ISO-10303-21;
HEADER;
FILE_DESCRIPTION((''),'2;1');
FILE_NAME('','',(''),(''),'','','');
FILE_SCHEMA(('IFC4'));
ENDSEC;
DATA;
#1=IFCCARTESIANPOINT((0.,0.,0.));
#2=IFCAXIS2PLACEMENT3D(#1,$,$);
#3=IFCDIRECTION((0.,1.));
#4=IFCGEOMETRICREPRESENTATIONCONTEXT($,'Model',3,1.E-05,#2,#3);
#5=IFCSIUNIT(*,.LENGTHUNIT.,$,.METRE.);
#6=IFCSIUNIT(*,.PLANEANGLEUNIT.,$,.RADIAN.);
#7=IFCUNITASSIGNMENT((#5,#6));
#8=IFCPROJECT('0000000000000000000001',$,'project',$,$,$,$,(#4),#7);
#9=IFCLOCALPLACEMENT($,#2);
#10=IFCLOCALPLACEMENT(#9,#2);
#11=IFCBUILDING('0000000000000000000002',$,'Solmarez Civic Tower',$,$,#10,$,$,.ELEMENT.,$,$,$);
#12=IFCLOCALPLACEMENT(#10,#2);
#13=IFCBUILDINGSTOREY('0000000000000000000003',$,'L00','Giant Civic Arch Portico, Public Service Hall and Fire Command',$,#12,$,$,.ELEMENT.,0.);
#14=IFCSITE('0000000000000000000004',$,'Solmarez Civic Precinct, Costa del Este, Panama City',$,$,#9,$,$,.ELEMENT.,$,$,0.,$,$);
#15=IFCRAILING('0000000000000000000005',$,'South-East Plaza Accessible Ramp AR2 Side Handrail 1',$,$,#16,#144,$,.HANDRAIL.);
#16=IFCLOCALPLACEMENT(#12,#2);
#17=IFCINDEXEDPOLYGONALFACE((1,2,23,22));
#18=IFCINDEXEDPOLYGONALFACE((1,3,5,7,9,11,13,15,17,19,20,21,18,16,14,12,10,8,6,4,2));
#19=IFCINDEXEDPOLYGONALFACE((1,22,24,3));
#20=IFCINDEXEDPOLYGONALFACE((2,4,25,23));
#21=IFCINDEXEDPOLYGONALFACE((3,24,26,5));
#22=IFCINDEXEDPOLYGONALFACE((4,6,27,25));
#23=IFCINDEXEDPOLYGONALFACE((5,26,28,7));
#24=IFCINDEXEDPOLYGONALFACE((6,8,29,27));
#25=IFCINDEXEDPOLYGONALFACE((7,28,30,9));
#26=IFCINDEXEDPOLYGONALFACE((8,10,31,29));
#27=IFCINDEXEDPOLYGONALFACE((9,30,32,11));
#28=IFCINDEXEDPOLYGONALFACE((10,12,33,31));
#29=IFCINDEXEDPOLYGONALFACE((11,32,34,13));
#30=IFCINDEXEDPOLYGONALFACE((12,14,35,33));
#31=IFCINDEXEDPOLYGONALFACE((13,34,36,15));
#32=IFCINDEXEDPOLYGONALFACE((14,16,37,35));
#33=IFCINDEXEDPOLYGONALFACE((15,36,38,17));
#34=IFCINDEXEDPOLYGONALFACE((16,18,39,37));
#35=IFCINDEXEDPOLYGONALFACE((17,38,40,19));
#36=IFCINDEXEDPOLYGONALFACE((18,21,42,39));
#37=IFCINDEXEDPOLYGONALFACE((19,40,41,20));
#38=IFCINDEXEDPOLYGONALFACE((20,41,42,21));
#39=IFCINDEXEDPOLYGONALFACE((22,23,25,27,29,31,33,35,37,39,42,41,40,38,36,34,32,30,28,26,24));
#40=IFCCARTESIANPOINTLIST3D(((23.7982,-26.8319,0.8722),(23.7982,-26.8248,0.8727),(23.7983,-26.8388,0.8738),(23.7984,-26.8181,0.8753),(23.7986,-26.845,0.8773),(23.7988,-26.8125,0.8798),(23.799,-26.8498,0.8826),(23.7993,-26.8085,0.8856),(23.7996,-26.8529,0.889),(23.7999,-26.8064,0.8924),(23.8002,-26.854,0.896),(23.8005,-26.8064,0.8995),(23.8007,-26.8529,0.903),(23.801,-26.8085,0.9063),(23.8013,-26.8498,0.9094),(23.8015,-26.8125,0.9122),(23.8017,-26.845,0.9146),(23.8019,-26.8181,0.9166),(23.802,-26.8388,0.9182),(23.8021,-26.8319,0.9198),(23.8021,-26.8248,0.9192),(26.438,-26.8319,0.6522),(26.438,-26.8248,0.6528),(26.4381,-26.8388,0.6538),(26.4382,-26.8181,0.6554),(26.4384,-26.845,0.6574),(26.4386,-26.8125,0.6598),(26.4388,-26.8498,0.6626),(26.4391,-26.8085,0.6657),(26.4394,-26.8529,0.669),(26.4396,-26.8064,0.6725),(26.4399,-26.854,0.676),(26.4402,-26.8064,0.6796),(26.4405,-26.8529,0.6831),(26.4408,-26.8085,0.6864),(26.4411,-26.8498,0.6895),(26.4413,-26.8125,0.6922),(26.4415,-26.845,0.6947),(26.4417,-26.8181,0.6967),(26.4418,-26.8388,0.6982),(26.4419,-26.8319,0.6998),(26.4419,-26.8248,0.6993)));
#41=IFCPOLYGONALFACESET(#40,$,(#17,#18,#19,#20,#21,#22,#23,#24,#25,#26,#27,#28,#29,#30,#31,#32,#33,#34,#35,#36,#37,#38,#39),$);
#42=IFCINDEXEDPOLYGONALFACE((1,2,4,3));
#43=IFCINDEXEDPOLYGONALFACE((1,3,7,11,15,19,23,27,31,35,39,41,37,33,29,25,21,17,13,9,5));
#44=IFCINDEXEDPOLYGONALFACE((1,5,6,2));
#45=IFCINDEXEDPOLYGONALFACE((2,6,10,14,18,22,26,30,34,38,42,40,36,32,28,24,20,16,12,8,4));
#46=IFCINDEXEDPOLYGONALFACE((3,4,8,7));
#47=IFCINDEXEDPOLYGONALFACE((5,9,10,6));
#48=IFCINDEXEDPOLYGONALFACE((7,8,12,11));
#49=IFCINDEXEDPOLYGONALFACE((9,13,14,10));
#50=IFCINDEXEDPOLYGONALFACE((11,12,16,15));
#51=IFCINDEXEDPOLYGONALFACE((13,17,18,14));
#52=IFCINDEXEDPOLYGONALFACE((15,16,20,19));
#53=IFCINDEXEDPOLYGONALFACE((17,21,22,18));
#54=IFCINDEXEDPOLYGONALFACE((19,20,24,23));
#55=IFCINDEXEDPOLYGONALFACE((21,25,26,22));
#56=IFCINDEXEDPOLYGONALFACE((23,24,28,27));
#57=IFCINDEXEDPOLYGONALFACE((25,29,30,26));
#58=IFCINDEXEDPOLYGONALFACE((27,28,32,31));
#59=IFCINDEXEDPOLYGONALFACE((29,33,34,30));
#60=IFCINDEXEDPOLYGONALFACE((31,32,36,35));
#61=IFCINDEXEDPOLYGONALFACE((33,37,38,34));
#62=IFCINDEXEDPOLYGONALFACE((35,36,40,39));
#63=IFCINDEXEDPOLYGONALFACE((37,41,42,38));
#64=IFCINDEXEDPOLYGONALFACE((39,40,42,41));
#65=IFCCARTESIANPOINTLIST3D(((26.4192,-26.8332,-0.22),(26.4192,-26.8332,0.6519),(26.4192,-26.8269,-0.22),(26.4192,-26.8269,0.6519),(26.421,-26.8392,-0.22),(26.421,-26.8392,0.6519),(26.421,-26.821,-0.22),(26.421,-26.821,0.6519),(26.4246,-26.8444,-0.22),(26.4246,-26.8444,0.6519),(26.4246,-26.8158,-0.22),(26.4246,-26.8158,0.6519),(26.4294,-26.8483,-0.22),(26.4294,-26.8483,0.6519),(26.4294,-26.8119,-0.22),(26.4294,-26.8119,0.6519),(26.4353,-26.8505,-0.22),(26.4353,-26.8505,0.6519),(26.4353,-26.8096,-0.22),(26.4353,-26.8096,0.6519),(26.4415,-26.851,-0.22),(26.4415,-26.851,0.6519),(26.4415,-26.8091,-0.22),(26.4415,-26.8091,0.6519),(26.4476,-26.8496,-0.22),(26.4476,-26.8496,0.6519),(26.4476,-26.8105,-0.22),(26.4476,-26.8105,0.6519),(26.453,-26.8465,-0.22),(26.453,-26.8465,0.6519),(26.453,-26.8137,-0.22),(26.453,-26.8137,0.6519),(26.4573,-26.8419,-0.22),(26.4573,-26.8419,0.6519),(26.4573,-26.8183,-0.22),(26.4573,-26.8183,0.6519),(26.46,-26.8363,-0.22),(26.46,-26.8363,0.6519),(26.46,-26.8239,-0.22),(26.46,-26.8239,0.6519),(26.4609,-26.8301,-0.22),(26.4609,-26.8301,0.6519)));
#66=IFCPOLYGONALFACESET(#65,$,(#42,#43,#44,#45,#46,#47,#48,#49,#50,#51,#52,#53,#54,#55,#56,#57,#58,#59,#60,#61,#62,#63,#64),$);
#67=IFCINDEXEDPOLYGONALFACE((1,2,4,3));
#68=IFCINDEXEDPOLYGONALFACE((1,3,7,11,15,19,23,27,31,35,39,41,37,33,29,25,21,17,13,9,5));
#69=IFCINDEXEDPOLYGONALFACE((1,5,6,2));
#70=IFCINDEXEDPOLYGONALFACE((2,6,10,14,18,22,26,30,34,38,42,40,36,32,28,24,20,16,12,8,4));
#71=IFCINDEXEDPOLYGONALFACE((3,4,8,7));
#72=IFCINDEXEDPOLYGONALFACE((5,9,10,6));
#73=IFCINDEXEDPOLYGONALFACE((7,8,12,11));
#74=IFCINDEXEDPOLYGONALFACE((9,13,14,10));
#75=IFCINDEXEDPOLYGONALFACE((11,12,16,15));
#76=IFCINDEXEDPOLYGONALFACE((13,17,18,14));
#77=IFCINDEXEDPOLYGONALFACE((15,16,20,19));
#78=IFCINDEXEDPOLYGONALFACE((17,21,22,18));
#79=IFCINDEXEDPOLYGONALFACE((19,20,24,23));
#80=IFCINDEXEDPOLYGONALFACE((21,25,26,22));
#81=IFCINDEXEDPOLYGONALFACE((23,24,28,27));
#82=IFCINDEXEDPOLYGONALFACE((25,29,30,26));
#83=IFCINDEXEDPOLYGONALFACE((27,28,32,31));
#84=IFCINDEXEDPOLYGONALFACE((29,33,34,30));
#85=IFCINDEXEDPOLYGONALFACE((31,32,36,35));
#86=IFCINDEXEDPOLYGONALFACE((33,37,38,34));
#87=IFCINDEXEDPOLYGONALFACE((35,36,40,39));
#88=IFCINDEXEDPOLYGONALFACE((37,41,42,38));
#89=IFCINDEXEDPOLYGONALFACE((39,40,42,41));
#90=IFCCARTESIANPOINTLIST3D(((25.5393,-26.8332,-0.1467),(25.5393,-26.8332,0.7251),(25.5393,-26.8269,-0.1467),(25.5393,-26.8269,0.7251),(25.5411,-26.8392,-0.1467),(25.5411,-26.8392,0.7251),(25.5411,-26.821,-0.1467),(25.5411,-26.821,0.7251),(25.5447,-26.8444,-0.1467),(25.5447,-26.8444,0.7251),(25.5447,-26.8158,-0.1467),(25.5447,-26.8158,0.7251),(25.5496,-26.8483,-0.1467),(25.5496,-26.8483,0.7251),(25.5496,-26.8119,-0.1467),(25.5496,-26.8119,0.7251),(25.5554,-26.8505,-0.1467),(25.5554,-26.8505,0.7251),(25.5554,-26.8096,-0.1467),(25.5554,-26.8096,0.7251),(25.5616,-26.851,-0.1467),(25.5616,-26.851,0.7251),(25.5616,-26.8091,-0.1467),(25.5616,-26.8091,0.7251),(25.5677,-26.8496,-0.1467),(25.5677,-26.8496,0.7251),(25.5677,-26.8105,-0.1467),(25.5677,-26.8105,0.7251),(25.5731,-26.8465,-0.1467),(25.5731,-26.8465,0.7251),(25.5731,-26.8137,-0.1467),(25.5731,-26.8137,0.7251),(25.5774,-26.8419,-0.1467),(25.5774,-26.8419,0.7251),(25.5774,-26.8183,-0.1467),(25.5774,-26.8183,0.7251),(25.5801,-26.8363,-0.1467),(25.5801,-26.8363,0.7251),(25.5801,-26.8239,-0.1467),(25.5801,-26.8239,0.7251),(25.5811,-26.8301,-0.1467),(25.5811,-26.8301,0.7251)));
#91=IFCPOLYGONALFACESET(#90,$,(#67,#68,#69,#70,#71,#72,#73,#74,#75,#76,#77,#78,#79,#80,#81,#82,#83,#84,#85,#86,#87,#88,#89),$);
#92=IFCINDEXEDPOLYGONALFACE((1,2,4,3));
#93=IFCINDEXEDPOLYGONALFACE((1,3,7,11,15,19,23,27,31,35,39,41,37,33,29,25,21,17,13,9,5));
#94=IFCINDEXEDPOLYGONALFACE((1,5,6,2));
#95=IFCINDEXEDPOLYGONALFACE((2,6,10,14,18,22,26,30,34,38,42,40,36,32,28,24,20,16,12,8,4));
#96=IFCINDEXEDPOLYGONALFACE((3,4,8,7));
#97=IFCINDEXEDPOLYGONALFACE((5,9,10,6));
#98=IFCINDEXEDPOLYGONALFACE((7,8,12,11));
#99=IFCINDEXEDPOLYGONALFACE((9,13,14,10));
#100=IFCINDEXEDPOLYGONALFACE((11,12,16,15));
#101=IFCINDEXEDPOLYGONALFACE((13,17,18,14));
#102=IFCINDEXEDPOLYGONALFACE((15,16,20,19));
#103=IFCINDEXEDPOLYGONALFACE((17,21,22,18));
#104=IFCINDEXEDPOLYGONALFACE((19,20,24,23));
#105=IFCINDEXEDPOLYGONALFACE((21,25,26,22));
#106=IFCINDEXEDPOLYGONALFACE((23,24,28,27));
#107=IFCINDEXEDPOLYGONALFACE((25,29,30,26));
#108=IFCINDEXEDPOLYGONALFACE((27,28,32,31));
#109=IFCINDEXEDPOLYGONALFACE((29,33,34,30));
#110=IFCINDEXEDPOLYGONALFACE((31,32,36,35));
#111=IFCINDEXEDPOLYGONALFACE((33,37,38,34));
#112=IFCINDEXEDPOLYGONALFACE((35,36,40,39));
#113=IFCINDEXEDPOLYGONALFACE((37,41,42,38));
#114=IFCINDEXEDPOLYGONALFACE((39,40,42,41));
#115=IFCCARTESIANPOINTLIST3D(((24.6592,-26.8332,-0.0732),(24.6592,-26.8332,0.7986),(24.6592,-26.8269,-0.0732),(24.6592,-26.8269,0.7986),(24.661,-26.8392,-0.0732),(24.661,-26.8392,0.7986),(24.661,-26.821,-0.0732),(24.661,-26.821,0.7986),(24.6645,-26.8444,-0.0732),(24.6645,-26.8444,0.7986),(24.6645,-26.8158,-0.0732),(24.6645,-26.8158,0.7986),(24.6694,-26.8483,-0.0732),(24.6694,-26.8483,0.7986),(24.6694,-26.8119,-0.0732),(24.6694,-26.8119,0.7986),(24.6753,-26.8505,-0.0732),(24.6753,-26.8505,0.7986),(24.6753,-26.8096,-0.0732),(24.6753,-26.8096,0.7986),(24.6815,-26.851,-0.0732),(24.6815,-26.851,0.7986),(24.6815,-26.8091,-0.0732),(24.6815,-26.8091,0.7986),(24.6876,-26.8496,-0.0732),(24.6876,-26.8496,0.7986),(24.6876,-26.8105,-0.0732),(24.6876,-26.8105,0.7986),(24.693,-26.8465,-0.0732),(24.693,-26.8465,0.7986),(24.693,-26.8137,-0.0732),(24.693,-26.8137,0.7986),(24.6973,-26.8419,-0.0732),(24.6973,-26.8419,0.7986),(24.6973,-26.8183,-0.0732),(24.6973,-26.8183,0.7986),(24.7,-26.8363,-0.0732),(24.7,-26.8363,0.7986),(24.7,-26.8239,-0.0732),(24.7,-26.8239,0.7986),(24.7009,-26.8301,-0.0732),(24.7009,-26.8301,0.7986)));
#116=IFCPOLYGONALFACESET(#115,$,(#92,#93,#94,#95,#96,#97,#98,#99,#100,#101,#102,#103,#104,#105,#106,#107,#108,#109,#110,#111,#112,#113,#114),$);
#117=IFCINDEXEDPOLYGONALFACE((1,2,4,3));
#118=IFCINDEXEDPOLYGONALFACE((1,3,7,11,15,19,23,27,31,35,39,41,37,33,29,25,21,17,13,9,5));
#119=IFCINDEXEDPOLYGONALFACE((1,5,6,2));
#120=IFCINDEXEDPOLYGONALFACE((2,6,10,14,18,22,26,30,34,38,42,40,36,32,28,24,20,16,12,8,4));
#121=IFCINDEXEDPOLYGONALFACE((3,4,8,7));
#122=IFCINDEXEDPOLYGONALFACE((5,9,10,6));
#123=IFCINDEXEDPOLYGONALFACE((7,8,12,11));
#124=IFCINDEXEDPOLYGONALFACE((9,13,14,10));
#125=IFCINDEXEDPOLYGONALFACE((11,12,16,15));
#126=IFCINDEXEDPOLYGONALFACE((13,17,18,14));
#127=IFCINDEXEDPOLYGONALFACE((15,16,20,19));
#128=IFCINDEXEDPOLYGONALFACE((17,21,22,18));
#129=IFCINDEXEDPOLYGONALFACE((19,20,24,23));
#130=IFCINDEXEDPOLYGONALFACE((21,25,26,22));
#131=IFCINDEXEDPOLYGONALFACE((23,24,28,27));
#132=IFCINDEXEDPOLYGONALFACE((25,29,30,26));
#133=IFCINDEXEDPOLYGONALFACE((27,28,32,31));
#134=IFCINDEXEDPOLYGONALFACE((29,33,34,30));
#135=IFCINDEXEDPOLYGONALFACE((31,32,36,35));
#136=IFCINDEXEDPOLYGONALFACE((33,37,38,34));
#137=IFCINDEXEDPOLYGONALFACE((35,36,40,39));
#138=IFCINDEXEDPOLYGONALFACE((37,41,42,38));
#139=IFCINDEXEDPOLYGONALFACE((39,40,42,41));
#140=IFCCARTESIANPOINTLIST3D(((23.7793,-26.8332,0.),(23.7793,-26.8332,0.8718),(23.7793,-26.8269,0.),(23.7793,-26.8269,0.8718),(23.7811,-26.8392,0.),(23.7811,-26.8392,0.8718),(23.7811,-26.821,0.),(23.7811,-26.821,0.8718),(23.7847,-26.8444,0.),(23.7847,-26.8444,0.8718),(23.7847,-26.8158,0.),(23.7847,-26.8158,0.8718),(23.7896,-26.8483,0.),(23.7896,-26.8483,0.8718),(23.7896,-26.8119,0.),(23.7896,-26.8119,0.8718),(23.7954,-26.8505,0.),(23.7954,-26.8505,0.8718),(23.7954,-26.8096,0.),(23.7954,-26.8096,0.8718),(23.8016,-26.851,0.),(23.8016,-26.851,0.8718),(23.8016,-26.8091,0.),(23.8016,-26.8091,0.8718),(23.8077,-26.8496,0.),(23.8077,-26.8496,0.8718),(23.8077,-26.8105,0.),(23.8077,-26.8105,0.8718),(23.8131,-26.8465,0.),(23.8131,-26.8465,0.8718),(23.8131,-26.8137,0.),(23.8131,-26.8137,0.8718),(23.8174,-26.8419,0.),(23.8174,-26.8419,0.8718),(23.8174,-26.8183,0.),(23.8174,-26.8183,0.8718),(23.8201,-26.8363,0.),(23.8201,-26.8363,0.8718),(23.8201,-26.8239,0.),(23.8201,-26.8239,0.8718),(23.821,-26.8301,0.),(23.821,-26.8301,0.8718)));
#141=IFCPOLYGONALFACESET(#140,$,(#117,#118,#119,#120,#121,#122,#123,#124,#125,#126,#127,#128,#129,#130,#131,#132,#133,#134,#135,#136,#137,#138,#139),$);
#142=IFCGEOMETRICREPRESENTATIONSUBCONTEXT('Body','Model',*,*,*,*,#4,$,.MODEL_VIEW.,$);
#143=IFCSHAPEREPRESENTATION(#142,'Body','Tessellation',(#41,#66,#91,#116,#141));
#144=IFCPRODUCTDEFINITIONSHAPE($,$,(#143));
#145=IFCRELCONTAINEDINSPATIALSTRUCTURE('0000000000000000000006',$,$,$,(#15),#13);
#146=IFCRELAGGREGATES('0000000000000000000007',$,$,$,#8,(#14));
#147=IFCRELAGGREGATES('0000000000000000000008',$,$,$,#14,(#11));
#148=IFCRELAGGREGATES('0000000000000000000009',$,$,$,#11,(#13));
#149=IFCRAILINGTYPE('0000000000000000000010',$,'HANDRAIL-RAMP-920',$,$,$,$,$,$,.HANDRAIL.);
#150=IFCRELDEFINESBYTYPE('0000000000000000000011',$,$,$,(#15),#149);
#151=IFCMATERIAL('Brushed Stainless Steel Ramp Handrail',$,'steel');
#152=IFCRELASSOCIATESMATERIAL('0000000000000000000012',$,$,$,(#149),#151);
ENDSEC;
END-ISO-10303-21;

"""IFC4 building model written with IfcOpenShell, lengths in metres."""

from ifc_helpers import new_model, si_unit, direction, frame, origin, origin_2d, place, context, subcontext, project, spatial, circle, extrude, material, type_object, element, save


model = new_model("IFC4")

# Units and contexts
model_context = context("Model", 3, precision=1e-05, world=origin(), true_north=direction((0.0, 1.0)))
body_context = subcontext(model_context, "Body", "Model", "MODEL_VIEW")
ifc_project = project(units=[si_unit("LENGTHUNIT", "METRE"), si_unit("PLANEANGLEUNIT", "RADIAN")], contexts=[model_context])

# Site, building, storey
site_placement = place(None, origin())
site = spatial("IfcSite", under=ifc_project, at=site_placement, Name="Solmarez Civic Precinct, Costa del Este, Panama City", CompositionType="ELEMENT", RefElevation=0.0)
building_placement = place(site_placement, origin())
building = spatial("IfcBuilding", under=site, at=building_placement, Name="Solmarez Civic Tower", CompositionType="ELEMENT")
storey_placement = place(building_placement, origin())
storey = spatial("IfcBuildingStorey", under=building, at=storey_placement, Name="L00", Description="Giant Civic Arch Portico, Public Service Hall and Fire Command", CompositionType="ELEMENT", Elevation=0.0)

# Railing
ifc_material_1 = material(Name="Brushed Stainless Steel Ramp Handrail", Category="steel")
railing_type_1 = type_object("IfcRailingType", Name="HANDRAIL-RAMP-920", PredefinedType="HANDRAIL", material=ifc_material_1)
for number, where, name in (
    (1, (26.4399, -26.8301, -0.22), "South-East Plaza Accessible Ramp AR2 Side Handrail 1"),
):
    element("IfcRailing", number, at=place(storey_placement, frame(where)), inside=storey, type_object=railing_type_1, Name=name, PredefinedType="HANDRAIL", context=body_context, shape_type="SweptSolid", body=[
        extrude(circle(Radius=0.0239, at=origin_2d()), frame((0.0, 0.0, 0.896), z_axis=(-0.996546, 0.0, 0.083038), x_axis=(0.0, -1.0, 0.0)), (0.0, 0.0, 1.0), 2.6489),
        extrude(circle(Radius=0.021, at=origin_2d()), origin(), (0.0, 0.0, 1.0), 0.8718),
        extrude(circle(Radius=0.021, at=origin_2d()), frame((-0.8799, 0.0, 0.0732)), (0.0, 0.0, 1.0), 0.8718),
        extrude(circle(Radius=0.021, at=origin_2d()), frame((-1.76, 0.0, 0.1467)), (0.0, 0.0, 1.0), 0.8718),
        extrude(circle(Radius=0.021, at=origin_2d()), frame((-2.6399, 0.0, 0.22)), (0.0, 0.0, 1.0), 0.8718),
    ])

save(model, "model.ifc")
